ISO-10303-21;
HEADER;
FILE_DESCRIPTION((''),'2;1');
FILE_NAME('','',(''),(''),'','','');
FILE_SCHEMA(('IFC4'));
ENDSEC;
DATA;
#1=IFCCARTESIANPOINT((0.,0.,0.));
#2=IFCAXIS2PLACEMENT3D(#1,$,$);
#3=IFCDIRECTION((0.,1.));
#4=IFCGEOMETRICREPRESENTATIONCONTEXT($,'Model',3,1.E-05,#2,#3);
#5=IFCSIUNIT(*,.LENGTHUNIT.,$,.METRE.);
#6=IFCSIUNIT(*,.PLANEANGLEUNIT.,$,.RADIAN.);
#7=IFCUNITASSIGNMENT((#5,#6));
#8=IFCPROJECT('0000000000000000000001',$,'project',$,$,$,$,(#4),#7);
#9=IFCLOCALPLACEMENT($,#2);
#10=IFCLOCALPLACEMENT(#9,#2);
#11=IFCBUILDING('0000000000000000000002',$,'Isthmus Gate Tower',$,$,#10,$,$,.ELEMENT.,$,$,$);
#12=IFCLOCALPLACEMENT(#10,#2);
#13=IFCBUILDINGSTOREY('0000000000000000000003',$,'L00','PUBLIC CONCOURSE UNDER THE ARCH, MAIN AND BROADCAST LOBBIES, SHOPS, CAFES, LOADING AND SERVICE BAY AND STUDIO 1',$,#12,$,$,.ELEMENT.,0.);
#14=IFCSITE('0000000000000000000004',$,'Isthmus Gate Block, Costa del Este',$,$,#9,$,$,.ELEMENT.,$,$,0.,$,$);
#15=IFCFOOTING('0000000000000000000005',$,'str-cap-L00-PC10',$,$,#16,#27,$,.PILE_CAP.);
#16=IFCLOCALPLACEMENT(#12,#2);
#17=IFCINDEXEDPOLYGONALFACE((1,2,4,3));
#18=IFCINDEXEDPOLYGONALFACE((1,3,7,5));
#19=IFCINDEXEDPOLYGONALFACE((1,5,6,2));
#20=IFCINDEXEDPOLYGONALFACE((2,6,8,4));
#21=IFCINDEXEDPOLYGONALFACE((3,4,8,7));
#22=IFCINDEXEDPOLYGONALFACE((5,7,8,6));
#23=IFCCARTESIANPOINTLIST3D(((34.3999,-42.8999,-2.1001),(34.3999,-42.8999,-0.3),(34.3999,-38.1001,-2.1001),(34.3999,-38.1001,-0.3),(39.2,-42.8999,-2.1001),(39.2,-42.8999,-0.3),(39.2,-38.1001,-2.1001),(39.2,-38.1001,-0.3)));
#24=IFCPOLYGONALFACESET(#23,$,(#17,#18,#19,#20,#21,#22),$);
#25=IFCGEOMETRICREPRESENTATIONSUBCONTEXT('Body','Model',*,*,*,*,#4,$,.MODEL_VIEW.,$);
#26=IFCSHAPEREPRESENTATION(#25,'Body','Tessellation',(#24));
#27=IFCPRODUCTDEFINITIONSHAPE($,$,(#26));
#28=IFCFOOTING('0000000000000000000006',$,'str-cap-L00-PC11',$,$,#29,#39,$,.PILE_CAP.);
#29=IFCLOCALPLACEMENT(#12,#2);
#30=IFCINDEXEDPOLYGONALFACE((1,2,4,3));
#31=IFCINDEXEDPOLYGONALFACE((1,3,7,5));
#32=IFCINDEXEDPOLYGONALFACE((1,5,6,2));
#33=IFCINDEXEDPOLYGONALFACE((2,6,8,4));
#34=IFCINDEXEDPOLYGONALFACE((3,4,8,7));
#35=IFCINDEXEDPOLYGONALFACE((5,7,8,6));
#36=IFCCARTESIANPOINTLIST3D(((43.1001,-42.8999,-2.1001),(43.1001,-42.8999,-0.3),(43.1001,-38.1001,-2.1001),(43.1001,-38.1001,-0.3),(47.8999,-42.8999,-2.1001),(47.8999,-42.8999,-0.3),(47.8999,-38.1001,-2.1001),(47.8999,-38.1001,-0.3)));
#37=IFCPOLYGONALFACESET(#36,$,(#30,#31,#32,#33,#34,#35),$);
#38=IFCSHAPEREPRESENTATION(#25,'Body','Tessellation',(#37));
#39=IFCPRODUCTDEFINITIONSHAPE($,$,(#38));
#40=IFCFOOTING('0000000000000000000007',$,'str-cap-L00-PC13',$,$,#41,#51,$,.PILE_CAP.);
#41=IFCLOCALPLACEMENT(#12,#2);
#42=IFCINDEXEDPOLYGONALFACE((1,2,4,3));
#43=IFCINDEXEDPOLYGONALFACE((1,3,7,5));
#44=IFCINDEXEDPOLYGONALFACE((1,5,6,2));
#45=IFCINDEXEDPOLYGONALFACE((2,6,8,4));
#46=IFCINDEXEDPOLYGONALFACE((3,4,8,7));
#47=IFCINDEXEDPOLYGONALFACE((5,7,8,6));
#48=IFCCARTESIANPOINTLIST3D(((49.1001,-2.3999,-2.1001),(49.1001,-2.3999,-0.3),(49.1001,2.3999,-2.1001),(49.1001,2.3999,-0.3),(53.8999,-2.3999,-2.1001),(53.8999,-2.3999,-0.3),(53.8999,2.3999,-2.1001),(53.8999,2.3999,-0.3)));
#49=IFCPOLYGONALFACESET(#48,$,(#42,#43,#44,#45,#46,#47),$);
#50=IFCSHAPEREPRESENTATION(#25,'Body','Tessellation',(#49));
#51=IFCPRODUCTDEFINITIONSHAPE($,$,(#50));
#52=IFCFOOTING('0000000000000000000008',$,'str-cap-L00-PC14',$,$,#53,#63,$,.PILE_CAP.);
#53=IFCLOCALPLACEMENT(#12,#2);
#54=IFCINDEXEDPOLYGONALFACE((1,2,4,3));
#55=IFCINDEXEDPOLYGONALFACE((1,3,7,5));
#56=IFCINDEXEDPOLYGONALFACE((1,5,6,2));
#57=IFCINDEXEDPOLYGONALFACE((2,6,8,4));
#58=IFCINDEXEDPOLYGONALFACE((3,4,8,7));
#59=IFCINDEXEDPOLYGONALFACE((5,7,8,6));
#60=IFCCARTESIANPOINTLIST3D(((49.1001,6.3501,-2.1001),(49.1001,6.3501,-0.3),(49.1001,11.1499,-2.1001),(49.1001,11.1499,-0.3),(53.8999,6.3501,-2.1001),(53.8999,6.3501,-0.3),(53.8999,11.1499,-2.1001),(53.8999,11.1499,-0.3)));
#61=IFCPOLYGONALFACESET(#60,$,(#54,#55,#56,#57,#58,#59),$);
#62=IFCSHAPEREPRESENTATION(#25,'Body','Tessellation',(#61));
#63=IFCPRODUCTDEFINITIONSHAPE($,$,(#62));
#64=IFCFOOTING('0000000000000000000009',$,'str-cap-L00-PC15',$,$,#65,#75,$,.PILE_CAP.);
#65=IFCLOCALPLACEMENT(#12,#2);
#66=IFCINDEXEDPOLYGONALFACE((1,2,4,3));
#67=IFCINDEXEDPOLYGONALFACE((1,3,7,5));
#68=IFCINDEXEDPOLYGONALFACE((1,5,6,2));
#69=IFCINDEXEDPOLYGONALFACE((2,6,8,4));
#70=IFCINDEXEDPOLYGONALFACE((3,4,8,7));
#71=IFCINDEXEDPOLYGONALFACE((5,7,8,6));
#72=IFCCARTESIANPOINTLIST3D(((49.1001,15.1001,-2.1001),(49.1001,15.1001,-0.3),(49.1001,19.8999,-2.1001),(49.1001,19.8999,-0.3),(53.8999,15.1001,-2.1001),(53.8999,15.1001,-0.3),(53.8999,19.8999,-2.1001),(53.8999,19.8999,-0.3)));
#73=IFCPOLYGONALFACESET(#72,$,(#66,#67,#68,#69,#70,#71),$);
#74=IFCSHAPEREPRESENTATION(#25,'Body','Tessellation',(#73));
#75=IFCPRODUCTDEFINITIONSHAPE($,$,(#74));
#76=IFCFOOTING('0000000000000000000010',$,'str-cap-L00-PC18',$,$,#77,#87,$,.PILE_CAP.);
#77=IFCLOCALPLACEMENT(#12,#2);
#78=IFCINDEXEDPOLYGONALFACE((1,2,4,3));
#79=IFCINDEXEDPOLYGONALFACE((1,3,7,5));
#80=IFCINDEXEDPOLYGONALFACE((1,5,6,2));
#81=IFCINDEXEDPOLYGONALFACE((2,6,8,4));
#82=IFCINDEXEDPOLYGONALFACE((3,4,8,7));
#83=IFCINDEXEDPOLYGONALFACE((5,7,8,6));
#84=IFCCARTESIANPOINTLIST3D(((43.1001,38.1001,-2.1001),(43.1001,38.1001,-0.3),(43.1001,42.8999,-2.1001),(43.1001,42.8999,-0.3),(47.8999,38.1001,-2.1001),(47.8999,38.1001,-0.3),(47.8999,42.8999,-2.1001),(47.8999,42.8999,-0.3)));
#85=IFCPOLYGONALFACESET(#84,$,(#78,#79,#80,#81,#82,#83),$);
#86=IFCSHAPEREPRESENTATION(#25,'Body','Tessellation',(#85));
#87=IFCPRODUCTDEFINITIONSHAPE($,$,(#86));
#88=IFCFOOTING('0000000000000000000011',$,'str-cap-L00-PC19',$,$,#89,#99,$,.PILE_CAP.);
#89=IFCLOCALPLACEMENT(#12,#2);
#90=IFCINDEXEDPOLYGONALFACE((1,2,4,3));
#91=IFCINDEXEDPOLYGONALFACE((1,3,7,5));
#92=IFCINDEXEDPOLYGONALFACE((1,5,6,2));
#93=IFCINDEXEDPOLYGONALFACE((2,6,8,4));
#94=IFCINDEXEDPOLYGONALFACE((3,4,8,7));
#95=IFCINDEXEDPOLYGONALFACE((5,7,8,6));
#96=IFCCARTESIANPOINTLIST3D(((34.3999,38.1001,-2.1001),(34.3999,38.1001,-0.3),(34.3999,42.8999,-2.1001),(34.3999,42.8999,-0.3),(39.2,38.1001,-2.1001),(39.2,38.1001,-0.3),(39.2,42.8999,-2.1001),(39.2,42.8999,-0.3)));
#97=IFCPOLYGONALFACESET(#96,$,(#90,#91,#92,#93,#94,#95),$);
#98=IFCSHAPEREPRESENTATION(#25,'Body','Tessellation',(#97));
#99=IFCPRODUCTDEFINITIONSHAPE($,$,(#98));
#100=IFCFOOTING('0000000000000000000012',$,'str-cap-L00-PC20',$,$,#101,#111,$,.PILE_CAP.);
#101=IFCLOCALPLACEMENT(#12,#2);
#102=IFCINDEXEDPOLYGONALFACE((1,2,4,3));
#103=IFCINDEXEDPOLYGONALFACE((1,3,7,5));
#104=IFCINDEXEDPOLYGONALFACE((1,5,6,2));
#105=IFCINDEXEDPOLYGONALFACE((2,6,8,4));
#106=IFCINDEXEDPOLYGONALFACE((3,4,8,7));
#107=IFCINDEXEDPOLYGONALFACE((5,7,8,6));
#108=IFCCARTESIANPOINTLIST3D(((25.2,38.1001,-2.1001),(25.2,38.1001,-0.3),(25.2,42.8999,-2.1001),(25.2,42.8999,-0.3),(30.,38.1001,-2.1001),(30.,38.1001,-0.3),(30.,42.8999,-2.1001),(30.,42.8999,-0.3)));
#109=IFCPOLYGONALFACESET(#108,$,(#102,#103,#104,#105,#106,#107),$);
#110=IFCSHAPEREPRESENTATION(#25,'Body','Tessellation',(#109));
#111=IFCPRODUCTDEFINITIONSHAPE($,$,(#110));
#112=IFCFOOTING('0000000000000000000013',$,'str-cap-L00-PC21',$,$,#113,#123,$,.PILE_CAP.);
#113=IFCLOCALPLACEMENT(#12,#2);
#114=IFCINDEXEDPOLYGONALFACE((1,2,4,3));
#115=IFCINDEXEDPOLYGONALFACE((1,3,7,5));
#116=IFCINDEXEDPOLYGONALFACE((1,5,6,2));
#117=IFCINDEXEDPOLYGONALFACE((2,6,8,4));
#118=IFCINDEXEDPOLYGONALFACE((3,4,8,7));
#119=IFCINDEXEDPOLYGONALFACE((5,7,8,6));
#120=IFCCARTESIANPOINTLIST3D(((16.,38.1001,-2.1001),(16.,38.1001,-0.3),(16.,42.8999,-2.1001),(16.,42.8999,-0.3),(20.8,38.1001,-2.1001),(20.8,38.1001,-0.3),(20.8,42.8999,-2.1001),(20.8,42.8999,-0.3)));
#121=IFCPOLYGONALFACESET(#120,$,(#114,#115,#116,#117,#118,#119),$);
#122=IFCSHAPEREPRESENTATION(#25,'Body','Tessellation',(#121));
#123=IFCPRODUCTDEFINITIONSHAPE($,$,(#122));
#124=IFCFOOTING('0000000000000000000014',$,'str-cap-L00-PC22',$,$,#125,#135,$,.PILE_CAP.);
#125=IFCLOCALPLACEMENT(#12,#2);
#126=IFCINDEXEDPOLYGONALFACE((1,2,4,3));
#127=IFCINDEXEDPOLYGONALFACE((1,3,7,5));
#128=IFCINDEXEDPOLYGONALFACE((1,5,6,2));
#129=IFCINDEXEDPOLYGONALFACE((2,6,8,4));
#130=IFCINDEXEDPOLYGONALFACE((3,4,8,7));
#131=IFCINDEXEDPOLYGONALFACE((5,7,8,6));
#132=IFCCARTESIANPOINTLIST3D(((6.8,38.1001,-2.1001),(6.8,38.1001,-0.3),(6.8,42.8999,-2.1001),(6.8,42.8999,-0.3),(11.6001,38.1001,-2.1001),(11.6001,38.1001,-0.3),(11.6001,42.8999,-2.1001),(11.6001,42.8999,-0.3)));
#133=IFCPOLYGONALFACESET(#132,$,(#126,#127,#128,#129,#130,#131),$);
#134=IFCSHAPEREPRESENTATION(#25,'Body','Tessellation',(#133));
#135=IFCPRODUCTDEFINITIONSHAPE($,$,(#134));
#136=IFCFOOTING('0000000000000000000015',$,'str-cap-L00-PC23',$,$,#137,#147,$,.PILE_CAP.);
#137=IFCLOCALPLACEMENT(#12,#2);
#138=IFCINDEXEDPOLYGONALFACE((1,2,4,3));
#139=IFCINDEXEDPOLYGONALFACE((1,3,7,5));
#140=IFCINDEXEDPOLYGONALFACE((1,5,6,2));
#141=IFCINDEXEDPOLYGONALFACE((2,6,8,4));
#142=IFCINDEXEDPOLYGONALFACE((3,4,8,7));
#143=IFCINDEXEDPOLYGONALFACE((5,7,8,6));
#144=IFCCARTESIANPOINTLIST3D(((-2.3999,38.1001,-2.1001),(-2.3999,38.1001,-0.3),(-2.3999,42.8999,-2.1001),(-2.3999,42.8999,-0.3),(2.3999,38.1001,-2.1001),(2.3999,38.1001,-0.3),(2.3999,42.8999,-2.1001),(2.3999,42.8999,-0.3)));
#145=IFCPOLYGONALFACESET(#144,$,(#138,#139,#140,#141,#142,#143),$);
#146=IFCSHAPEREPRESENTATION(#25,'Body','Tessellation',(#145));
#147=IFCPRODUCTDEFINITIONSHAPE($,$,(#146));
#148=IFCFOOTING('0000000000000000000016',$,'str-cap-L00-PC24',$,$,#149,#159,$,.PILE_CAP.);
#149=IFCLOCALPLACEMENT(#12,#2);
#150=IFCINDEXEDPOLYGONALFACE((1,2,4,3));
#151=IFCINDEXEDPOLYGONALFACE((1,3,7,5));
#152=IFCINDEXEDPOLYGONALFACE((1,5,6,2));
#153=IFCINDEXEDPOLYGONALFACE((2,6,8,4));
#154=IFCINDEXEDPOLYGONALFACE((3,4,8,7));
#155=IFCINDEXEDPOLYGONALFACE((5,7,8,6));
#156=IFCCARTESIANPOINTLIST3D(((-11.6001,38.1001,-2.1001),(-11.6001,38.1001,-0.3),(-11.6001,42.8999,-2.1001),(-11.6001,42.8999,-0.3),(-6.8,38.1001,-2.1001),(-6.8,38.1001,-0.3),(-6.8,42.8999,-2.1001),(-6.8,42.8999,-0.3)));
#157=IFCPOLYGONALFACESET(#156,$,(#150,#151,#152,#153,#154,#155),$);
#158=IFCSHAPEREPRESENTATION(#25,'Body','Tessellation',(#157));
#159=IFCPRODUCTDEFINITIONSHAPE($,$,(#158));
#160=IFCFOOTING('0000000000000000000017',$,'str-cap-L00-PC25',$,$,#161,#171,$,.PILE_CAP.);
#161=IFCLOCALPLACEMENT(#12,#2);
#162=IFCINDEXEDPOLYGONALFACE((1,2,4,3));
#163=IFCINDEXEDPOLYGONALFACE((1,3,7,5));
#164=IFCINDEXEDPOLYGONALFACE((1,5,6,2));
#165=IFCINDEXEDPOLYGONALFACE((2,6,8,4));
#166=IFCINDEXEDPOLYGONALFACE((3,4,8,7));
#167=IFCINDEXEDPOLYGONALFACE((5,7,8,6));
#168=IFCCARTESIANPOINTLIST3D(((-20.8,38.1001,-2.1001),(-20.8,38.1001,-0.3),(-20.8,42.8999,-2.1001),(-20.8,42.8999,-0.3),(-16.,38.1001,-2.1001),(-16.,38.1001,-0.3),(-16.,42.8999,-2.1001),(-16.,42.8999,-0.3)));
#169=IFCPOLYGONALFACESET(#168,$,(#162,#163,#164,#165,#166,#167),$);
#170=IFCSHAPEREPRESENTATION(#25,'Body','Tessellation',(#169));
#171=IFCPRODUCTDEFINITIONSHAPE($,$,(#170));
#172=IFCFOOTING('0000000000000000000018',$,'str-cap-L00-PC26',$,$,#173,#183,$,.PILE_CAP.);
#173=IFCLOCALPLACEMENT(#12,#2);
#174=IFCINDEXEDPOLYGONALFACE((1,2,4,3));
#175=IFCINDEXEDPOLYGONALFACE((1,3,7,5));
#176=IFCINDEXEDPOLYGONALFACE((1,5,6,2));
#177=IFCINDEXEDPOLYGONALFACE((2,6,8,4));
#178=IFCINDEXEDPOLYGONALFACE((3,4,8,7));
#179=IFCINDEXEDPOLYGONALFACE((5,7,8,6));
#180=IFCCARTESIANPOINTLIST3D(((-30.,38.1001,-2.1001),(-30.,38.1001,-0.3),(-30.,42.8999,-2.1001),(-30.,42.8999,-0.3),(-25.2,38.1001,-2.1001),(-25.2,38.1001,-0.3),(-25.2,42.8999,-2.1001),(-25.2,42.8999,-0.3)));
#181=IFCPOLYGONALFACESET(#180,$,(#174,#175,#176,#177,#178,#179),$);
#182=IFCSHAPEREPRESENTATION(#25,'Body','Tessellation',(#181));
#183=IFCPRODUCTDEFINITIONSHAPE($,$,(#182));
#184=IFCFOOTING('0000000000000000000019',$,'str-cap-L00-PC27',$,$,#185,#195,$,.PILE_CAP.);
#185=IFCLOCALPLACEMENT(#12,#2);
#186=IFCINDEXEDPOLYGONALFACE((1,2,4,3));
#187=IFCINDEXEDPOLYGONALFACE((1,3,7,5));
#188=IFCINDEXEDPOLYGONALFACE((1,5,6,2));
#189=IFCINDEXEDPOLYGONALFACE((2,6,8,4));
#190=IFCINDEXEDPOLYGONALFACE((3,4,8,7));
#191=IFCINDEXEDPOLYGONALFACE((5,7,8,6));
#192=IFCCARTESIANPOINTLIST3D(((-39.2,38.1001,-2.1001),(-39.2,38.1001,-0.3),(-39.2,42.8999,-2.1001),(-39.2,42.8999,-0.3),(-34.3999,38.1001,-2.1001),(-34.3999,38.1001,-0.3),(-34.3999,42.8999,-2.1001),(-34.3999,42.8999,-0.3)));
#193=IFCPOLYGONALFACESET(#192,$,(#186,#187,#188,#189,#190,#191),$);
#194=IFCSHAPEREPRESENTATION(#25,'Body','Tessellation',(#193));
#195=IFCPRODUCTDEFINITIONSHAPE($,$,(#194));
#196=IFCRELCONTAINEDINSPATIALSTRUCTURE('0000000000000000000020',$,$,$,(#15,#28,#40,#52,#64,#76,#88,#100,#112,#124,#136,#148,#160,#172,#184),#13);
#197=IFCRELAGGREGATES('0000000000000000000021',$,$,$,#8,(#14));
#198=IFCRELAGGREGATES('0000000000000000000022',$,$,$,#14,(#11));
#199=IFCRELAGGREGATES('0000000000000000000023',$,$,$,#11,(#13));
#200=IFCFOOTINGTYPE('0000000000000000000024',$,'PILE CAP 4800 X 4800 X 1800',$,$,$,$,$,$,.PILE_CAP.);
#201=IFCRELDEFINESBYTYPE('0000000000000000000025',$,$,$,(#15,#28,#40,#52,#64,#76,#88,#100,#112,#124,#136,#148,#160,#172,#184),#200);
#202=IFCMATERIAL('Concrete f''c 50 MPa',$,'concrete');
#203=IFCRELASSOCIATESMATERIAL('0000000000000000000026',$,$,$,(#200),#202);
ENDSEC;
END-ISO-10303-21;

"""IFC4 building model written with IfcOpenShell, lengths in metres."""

from ifc_helpers import new_model, si_unit, direction, frame, origin, place, context, subcontext, project, spatial, polyline, outline, extrude, material, type_object, element, save


model = new_model("IFC4")

# Units and contexts
model_context = context("Model", 3, precision=1e-05, world=origin(), true_north=direction((0.0, 1.0)))
body_context = subcontext(model_context, "Body", "Model", "MODEL_VIEW")
ifc_project = project(units=[si_unit("LENGTHUNIT", "METRE"), si_unit("PLANEANGLEUNIT", "RADIAN")], contexts=[model_context])

# Site, building, storey
site_placement = place(None, origin())
site = spatial("IfcSite", under=ifc_project, at=site_placement, Name="Isthmus Gate Block, Costa del Este", CompositionType="ELEMENT", RefElevation=0.0)
building_placement = place(site_placement, origin())
building = spatial("IfcBuilding", under=site, at=building_placement, Name="Isthmus Gate Tower", CompositionType="ELEMENT")
storey_placement = place(building_placement, origin())
storey = spatial("IfcBuildingStorey", under=building, at=storey_placement, Name="L00", Description="PUBLIC CONCOURSE UNDER THE ARCH, MAIN AND BROADCAST LOBBIES, SHOPS, CAFES, LOADING AND SERVICE BAY AND STUDIO 1", CompositionType="ELEMENT", Elevation=0.0)

# Footings
ifc_material_1 = material(Name="Concrete f'c 50 MPa", Category="concrete")
footing_type_1 = type_object("IfcFootingType", Name="PILE CAP 4800 X 4800 X 1800", PredefinedType="PILE_CAP", material=ifc_material_1)
footing_1_placement = place(storey_placement, frame((0.0, 0.0, -2.1001)))
element("IfcFooting", 1, at=footing_1_placement, inside=storey, type_object=footing_type_1, Name="str-cap-L00-PC10", PredefinedType="PILE_CAP", context=body_context, shape_type="SweptSolid", body=[
    extrude(outline(polyline([(39.2, -42.8999), (39.2, -38.1001), (34.3999, -38.1001), (34.3999, -42.8999), (39.2, -42.8999)])), origin(), (0.0, 0.0, 1.0), 1.8),
])
footing_2_placement = place(storey_placement, frame((0.0, 0.0, -2.1001)))
element("IfcFooting", 2, at=footing_2_placement, inside=storey, type_object=footing_type_1, Name="str-cap-L00-PC11", PredefinedType="PILE_CAP", context=body_context, shape_type="SweptSolid", body=[
    extrude(outline(polyline([(47.8999, -42.8999), (47.8999, -38.1001), (43.1001, -38.1001), (43.1001, -42.8999), (47.8999, -42.8999)])), origin(), (0.0, 0.0, 1.0), 1.8),
])
footing_3_placement = place(storey_placement, frame((0.0, 0.0, -2.1001)))
element("IfcFooting", 3, at=footing_3_placement, inside=storey, type_object=footing_type_1, Name="str-cap-L00-PC13", PredefinedType="PILE_CAP", context=body_context, shape_type="SweptSolid", body=[
    extrude(outline(polyline([(53.8999, -2.3999), (53.8999, 2.3999), (49.1001, 2.3999), (49.1001, -2.3999), (53.8999, -2.3999)])), origin(), (0.0, 0.0, 1.0), 1.8),
])
footing_4_placement = place(storey_placement, frame((0.0, 0.0, -2.1001)))
element("IfcFooting", 4, at=footing_4_placement, inside=storey, type_object=footing_type_1, Name="str-cap-L00-PC14", PredefinedType="PILE_CAP", context=body_context, shape_type="SweptSolid", body=[
    extrude(outline(polyline([(53.8999, 6.3501), (53.8999, 11.1499), (49.1001, 11.1499), (49.1001, 6.3501), (53.8999, 6.3501)])), origin(), (0.0, 0.0, 1.0), 1.8),
])
footing_5_placement = place(storey_placement, frame((0.0, 0.0, -2.1001)))
element("IfcFooting", 5, at=footing_5_placement, inside=storey, type_object=footing_type_1, Name="str-cap-L00-PC15", PredefinedType="PILE_CAP", context=body_context, shape_type="SweptSolid", body=[
    extrude(outline(polyline([(53.8999, 15.1001), (53.8999, 19.8999), (49.1001, 19.8999), (49.1001, 15.1001), (53.8999, 15.1001)])), origin(), (0.0, 0.0, 1.0), 1.8),
])
footing_6_placement = place(storey_placement, frame((0.0, 0.0, -2.1001)))
element("IfcFooting", 6, at=footing_6_placement, inside=storey, type_object=footing_type_1, Name="str-cap-L00-PC18", PredefinedType="PILE_CAP", context=body_context, shape_type="SweptSolid", body=[
    extrude(outline(polyline([(47.8999, 38.1001), (47.8999, 42.8999), (43.1001, 42.8999), (43.1001, 38.1001), (47.8999, 38.1001)])), origin(), (0.0, 0.0, 1.0), 1.8),
])
footing_7_placement = place(storey_placement, frame((0.0, 0.0, -2.1001)))
element("IfcFooting", 7, at=footing_7_placement, inside=storey, type_object=footing_type_1, Name="str-cap-L00-PC19", PredefinedType="PILE_CAP", context=body_context, shape_type="SweptSolid", body=[
    extrude(outline(polyline([(39.2, 38.1001), (39.2, 42.8999), (34.3999, 42.8999), (34.3999, 38.1001), (39.2, 38.1001)])), origin(), (0.0, 0.0, 1.0), 1.8),
])
footing_8_placement = place(storey_placement, frame((0.0, 0.0, -2.1001)))
element("IfcFooting", 8, at=footing_8_placement, inside=storey, type_object=footing_type_1, Name="str-cap-L00-PC20", PredefinedType="PILE_CAP", context=body_context, shape_type="SweptSolid", body=[
    extrude(outline(polyline([(30.0, 38.1001), (30.0, 42.8999), (25.2, 42.8999), (25.2, 38.1001), (30.0, 38.1001)])), origin(), (0.0, 0.0, 1.0), 1.8),
])
footing_9_placement = place(storey_placement, frame((0.0, 0.0, -2.1001)))
element("IfcFooting", 9, at=footing_9_placement, inside=storey, type_object=footing_type_1, Name="str-cap-L00-PC21", PredefinedType="PILE_CAP", context=body_context, shape_type="SweptSolid", body=[
    extrude(outline(polyline([(20.8, 38.1001), (20.8, 42.8999), (16.0, 42.8999), (16.0, 38.1001), (20.8, 38.1001)])), origin(), (0.0, 0.0, 1.0), 1.8),
])
footing_10_placement = place(storey_placement, frame((0.0, 0.0, -2.1001)))
element("IfcFooting", 10, at=footing_10_placement, inside=storey, type_object=footing_type_1, Name="str-cap-L00-PC22", PredefinedType="PILE_CAP", context=body_context, shape_type="SweptSolid", body=[
    extrude(outline(polyline([(11.6001, 38.1001), (11.6001, 42.8999), (6.8, 42.8999), (6.8, 38.1001), (11.6001, 38.1001)])), origin(), (0.0, 0.0, 1.0), 1.8),
])
footing_11_placement = place(storey_placement, frame((0.0, 0.0, -2.1001)))
element("IfcFooting", 11, at=footing_11_placement, inside=storey, type_object=footing_type_1, Name="str-cap-L00-PC23", PredefinedType="PILE_CAP", context=body_context, shape_type="SweptSolid", body=[
    extrude(outline(polyline([(2.3999, 38.1001), (2.3999, 42.8999), (-2.3999, 42.8999), (-2.3999, 38.1001), (2.3999, 38.1001)])), origin(), (0.0, 0.0, 1.0), 1.8),
])
footing_12_placement = place(storey_placement, frame((0.0, 0.0, -2.1001)))
element("IfcFooting", 12, at=footing_12_placement, inside=storey, type_object=footing_type_1, Name="str-cap-L00-PC24", PredefinedType="PILE_CAP", context=body_context, shape_type="SweptSolid", body=[
    extrude(outline(polyline([(-6.8, 38.1001), (-6.8, 42.8999), (-11.6001, 42.8999), (-11.6001, 38.1001), (-6.8, 38.1001)])), origin(), (0.0, 0.0, 1.0), 1.8),
])
footing_13_placement = place(storey_placement, frame((0.0, 0.0, -2.1001)))
element("IfcFooting", 13, at=footing_13_placement, inside=storey, type_object=footing_type_1, Name="str-cap-L00-PC25", PredefinedType="PILE_CAP", context=body_context, shape_type="SweptSolid", body=[
    extrude(outline(polyline([(-16.0, 38.1001), (-16.0, 42.8999), (-20.8, 42.8999), (-20.8, 38.1001), (-16.0, 38.1001)])), origin(), (0.0, 0.0, 1.0), 1.8),
])
footing_14_placement = place(storey_placement, frame((0.0, 0.0, -2.1001)))
element("IfcFooting", 14, at=footing_14_placement, inside=storey, type_object=footing_type_1, Name="str-cap-L00-PC26", PredefinedType="PILE_CAP", context=body_context, shape_type="SweptSolid", body=[
    extrude(outline(polyline([(-25.2, 38.1001), (-25.2, 42.8999), (-30.0, 42.8999), (-30.0, 38.1001), (-25.2, 38.1001)])), origin(), (0.0, 0.0, 1.0), 1.8),
])
footing_15_placement = place(storey_placement, frame((0.0, 0.0, -2.1001)))
element("IfcFooting", 15, at=footing_15_placement, inside=storey, type_object=footing_type_1, Name="str-cap-L00-PC27", PredefinedType="PILE_CAP", context=body_context, shape_type="SweptSolid", body=[
    extrude(outline(polyline([(-34.3999, 38.1001), (-34.3999, 42.8999), (-39.2, 42.8999), (-39.2, 38.1001), (-34.3999, 38.1001)])), origin(), (0.0, 0.0, 1.0), 1.8),
])

save(model, "model.ifc")
